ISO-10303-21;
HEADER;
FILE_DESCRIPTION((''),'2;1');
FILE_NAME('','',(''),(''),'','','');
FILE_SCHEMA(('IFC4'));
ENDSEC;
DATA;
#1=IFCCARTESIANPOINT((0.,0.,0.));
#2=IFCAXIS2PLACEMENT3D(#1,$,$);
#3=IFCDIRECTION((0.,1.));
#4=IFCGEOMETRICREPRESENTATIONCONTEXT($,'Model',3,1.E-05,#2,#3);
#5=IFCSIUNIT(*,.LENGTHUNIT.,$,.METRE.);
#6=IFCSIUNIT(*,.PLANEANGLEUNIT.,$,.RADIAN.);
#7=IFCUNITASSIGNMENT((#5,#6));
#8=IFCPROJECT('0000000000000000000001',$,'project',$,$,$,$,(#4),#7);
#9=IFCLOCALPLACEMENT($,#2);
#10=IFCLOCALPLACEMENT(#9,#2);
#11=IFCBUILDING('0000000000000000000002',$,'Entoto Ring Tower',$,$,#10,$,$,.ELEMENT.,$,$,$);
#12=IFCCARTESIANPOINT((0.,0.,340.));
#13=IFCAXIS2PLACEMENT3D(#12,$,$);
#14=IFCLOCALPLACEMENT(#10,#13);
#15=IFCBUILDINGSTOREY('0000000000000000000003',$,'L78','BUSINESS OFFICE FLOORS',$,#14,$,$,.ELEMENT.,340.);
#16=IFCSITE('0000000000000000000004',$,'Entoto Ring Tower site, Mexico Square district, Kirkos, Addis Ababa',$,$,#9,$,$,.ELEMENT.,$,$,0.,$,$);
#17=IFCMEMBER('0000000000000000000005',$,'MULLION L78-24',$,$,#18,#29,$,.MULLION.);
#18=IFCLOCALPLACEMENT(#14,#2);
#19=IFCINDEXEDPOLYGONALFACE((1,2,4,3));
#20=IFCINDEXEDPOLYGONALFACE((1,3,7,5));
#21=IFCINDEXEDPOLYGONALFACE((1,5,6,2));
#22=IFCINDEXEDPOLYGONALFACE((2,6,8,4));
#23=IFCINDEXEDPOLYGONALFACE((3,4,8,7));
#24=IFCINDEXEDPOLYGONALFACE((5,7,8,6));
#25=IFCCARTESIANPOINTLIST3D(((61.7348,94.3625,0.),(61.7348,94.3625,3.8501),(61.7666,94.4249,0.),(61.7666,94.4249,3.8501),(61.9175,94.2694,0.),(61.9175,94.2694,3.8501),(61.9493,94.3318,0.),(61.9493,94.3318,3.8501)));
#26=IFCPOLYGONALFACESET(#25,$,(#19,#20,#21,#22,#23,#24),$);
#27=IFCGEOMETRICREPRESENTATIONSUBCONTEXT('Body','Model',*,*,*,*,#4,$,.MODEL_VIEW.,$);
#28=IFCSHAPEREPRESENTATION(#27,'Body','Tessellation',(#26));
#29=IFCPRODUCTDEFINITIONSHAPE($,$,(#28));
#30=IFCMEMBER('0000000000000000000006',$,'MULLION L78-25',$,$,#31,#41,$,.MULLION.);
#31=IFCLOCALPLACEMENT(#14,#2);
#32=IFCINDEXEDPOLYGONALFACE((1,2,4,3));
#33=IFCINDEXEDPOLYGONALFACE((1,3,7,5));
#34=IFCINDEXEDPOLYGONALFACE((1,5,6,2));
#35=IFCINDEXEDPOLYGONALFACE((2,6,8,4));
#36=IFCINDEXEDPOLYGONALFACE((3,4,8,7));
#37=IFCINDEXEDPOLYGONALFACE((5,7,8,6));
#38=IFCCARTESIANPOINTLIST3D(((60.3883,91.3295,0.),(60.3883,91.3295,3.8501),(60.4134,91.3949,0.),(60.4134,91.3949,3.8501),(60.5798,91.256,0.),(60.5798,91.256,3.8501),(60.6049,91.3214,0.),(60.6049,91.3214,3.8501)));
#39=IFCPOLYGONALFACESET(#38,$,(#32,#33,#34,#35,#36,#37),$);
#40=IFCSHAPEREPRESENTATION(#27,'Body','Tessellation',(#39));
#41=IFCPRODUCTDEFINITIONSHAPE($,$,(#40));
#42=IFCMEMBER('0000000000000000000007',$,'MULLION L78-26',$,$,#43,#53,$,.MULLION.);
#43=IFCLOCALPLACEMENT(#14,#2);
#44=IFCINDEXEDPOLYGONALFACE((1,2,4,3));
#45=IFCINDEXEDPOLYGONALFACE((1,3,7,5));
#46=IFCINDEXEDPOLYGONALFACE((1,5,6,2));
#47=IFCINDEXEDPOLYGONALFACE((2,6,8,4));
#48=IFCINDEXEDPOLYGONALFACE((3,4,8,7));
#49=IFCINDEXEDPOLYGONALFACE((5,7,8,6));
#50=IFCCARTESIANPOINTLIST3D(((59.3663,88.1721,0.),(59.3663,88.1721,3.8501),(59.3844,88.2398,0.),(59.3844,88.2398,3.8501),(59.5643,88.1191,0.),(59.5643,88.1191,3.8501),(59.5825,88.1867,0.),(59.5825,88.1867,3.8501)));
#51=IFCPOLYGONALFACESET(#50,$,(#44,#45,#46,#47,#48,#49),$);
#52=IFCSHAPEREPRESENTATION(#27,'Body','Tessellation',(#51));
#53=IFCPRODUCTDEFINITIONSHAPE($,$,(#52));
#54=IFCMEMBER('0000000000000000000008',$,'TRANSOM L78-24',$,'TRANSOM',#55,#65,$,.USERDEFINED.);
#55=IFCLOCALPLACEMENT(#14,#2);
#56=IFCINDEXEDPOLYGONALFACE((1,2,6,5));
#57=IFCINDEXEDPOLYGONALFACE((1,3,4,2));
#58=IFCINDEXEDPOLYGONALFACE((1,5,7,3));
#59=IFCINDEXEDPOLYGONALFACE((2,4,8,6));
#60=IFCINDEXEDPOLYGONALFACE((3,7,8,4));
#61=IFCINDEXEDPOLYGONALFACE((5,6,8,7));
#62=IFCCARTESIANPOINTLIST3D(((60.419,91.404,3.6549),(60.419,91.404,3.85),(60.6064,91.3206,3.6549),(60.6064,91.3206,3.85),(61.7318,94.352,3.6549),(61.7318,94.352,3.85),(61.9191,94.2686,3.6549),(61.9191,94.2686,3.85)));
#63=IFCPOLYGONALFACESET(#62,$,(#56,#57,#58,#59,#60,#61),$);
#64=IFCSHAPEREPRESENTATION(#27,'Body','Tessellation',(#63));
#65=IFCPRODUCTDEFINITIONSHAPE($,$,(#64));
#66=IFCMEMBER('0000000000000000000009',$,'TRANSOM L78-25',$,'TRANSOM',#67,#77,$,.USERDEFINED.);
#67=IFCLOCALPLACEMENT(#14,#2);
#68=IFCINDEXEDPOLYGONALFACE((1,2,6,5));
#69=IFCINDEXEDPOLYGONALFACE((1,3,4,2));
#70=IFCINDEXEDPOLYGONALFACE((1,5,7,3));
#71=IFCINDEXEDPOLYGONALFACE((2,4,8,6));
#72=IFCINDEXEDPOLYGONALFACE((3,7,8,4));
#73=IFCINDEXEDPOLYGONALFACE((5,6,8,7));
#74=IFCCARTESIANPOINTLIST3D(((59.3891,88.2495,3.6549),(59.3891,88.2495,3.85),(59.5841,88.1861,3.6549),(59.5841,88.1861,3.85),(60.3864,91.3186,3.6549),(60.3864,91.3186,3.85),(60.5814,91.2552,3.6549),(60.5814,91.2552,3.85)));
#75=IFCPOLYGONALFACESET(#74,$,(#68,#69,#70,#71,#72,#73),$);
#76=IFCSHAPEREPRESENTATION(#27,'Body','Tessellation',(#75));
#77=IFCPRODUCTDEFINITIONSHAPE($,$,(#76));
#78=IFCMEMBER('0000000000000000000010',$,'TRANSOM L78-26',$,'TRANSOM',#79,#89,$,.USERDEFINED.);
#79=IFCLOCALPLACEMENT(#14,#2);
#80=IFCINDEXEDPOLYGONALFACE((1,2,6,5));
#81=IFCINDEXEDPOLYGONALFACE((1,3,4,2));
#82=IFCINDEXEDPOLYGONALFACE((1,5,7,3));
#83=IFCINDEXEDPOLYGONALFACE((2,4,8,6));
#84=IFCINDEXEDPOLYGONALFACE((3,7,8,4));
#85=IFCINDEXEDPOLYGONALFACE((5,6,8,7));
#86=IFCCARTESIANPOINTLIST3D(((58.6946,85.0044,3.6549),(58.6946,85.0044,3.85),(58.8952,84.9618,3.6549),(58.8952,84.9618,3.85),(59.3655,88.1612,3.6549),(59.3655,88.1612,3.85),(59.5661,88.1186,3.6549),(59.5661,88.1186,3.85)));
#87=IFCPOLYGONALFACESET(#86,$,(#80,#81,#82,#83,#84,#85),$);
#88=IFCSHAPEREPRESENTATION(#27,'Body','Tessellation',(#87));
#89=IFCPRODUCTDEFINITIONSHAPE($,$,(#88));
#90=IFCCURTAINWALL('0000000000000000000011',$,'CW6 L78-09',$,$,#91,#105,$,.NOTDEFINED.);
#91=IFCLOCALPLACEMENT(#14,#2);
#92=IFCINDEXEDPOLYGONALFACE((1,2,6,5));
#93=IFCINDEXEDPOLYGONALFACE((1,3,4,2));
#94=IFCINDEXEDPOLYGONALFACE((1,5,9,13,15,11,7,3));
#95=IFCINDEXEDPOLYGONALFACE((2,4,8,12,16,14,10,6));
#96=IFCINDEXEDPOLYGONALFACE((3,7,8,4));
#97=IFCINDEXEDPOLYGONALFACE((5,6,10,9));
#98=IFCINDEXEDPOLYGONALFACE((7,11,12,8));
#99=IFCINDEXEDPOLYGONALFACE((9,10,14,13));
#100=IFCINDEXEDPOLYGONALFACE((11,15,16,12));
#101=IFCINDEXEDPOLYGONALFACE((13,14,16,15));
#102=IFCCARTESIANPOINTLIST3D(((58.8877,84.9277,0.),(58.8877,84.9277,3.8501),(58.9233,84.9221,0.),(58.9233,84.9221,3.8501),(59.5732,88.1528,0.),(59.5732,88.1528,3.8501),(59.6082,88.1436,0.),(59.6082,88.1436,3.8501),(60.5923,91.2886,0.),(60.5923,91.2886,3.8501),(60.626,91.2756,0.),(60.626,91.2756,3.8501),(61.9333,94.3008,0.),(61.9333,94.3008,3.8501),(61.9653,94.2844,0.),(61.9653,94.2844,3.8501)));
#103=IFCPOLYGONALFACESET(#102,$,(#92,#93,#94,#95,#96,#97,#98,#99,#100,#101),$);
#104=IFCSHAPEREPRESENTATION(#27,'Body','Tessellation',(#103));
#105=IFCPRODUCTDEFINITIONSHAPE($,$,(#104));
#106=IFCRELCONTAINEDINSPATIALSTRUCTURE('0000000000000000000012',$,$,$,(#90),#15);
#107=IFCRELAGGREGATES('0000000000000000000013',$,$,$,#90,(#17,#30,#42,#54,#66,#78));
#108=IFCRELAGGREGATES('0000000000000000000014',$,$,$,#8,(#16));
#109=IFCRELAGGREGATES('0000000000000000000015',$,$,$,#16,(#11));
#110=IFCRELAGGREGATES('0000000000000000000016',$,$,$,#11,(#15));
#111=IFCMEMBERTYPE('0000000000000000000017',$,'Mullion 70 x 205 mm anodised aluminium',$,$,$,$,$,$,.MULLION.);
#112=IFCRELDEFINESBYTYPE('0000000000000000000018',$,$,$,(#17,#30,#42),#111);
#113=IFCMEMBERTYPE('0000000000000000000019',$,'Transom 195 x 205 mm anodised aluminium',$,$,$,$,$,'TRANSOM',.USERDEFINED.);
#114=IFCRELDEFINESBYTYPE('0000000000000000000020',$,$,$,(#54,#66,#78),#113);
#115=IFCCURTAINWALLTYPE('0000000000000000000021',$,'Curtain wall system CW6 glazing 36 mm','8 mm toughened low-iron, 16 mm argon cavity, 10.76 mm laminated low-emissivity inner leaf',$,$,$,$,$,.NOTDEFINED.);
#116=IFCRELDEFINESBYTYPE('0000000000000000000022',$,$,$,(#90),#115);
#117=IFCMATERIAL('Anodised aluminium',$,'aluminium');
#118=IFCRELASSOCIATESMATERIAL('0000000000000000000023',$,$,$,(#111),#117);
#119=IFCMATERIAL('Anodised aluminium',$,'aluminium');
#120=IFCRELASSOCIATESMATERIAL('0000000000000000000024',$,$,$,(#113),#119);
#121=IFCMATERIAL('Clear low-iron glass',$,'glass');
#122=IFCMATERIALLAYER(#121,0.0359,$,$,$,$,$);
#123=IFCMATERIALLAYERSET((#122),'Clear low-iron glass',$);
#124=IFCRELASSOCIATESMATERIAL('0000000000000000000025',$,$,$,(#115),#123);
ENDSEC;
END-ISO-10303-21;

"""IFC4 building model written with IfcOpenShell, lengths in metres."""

from ifc_helpers import new_model, si_unit, direction, frame, origin, origin_2d, place, context, subcontext, project, spatial, polyline, rectangle, outline, extrude, material, layer, layer_set, material_profile, profile_set, type_object, element, aggregate, save


model = new_model("IFC4")

# Units and contexts
model_context = context("Model", 3, precision=1e-05, world=origin(), true_north=direction((0.0, 1.0)))
body_context = subcontext(model_context, "Body", "Model", "MODEL_VIEW")
ifc_project = project(units=[si_unit("LENGTHUNIT", "METRE"), si_unit("PLANEANGLEUNIT", "RADIAN")], contexts=[model_context])

# Members
ifc_material_1 = material(Name="Anodised aluminium", Category="aluminium")
ifc_material_profile_1 = material_profile(ifc_material_1, rectangle(XDim=0.0701, YDim=0.2051, at=origin_2d()), Name="Mullion 70 x 205 mm anodised aluminium")
ifc_profile_set_1 = profile_set([ifc_material_profile_1], Name="Anodised aluminium")
member_type_1 = type_object("IfcMemberType", Name="Mullion 70 x 205 mm anodised aluminium", PredefinedType="MULLION", material=ifc_profile_set_1)
site_placement = place(None, origin())
building_placement = place(site_placement, origin())
storey_placement = place(building_placement, frame((0.0, 0.0, 340.0)))
member_1_placement = place(storey_placement, frame((61.842, 94.3472, 0.0), z_axis=(0.0, 0.0, 1.0), x_axis=(-0.45399, -0.891007, 0.0)))
member_1 = element("IfcMember", 1, at=member_1_placement, type_object=member_type_1, Name="MULLION L78-24", PredefinedType="MULLION", context=body_context, shape_type="SweptSolid", body=[
    extrude(rectangle(XDim=0.0701, YDim=0.2051, at=origin_2d()), origin(), (0.0, 0.0, 1.0), 3.8501),
])
member_2_placement = place(storey_placement, frame((60.4966, 91.3254, 0.0), z_axis=(0.0, 0.0, 1.0), x_axis=(-0.358368, -0.93358, 0.0)))
member_2 = element("IfcMember", 2, at=member_2_placement, type_object=member_type_1, Name="MULLION L78-25", PredefinedType="MULLION", context=body_context, shape_type="SweptSolid", body=[
    extrude(rectangle(XDim=0.0701, YDim=0.2051, at=origin_2d()), origin(), (0.0, 0.0, 1.0), 3.8501),
])
member_3_placement = place(storey_placement, frame((59.4744, 88.1794, 0.0), z_axis=(0.0, 0.0, 1.0), x_axis=(-0.258819, -0.965926, 0.0)))
member_3 = element("IfcMember", 3, at=member_3_placement, type_object=member_type_1, Name="MULLION L78-26", PredefinedType="MULLION", context=body_context, shape_type="SweptSolid", body=[
    extrude(rectangle(XDim=0.0701, YDim=0.2051, at=origin_2d()), origin(), (0.0, 0.0, 1.0), 3.8501),
])
ifc_material_2 = material(Name="Anodised aluminium", Category="aluminium")
ifc_material_profile_2 = material_profile(ifc_material_2, rectangle(XDim=0.2051, YDim=0.1951, at=origin_2d()), Name="Transom 195 x 205 mm anodised aluminium")
ifc_profile_set_2 = profile_set([ifc_material_profile_2], Name="Anodised aluminium")
member_type_2 = type_object("IfcMemberType", Name="Transom 195 x 205 mm anodised aluminium", ElementType="TRANSOM", PredefinedType="USERDEFINED", material=ifc_profile_set_2)
member_4_placement = place(storey_placement, frame((61.8254, 94.3103, 3.7524), z_axis=(-0.406791, -0.913521, 0.0), x_axis=(0.913521, -0.406791, 0.0)))
member_4 = element("IfcMember", 4, at=member_4_placement, type_object=member_type_2, Name="TRANSOM L78-24", ObjectType="TRANSOM", PredefinedType="USERDEFINED", context=body_context, shape_type="SweptSolid", body=[
    extrude(rectangle(XDim=0.2051, YDim=0.1951, at=origin_2d()), origin(), (0.0, 0.0, 1.0), 3.2271),
])
member_5_placement = place(storey_placement, frame((60.4839, 91.2869, 3.7524), z_axis=(-0.309047, -0.951047, 0.0), x_axis=(0.951047, -0.309047, 0.0)))
member_5 = element("IfcMember", 5, at=member_5_placement, type_object=member_type_2, Name="TRANSOM L78-25", ObjectType="TRANSOM", PredefinedType="USERDEFINED", context=body_context, shape_type="SweptSolid", body=[
    extrude(rectangle(XDim=0.2051, YDim=0.1951, at=origin_2d()), origin(), (0.0, 0.0, 1.0), 3.2271),
])
member_6_placement = place(storey_placement, frame((59.4658, 88.1399, 3.7524), z_axis=(-0.207886, -0.978153, 0.0), x_axis=(0.978153, -0.207886, 0.0)))
member_6 = element("IfcMember", 6, at=member_6_placement, type_object=member_type_2, Name="TRANSOM L78-26", ObjectType="TRANSOM", PredefinedType="USERDEFINED", context=body_context, shape_type="SweptSolid", body=[
    extrude(rectangle(XDim=0.2051, YDim=0.1951, at=origin_2d()), origin(), (0.0, 0.0, 1.0), 3.2273),
])

# Site, building, storey
site = spatial("IfcSite", under=ifc_project, at=site_placement, Name="Entoto Ring Tower site, Mexico Square district, Kirkos, Addis Ababa", CompositionType="ELEMENT", RefElevation=0.0)
building = spatial("IfcBuilding", under=site, at=building_placement, Name="Entoto Ring Tower", CompositionType="ELEMENT")
storey = spatial("IfcBuildingStorey", under=building, at=storey_placement, Name="L78", Description="BUSINESS OFFICE FLOORS", CompositionType="ELEMENT", Elevation=340.0)

# Curtain wall
ifc_material_3 = material(Name="Clear low-iron glass", Category="glass")
ifc_layer = layer(ifc_material_3, 0.0359)
ifc_layer_set = layer_set([ifc_layer], Name="Clear low-iron glass")
curtain_wall_type = type_object("IfcCurtainWallType", Name="Curtain wall system CW6 glazing 36 mm", Description="8 mm toughened low-iron, 16 mm argon cavity, 10.76 mm laminated low-emissivity inner leaf", PredefinedType="NOTDEFINED", material=ifc_layer_set)
curtain_wall_1_placement = place(storey_placement, origin())
curtain_wall_1 = element("IfcCurtainWall", 7, at=curtain_wall_1_placement, inside=storey, type_object=curtain_wall_type, Name="CW6 L78-09", PredefinedType="NOTDEFINED", context=body_context, shape_type="SweptSolid", body=[
    extrude(outline(polyline([(61.9333, 94.3008), (60.5923, 91.2886), (59.5732, 88.1528), (58.8877, 84.9277), (58.9233, 84.9221), (59.6082, 88.1436), (60.626, 91.2756), (61.9653, 94.2844), (61.9333, 94.3008)])), origin(), (0.0, 0.0, 1.0), 3.8501),
])
aggregate(curtain_wall_1, [member_1, member_2, member_3, member_4, member_5, member_6])

save(model, "model.ifc")
